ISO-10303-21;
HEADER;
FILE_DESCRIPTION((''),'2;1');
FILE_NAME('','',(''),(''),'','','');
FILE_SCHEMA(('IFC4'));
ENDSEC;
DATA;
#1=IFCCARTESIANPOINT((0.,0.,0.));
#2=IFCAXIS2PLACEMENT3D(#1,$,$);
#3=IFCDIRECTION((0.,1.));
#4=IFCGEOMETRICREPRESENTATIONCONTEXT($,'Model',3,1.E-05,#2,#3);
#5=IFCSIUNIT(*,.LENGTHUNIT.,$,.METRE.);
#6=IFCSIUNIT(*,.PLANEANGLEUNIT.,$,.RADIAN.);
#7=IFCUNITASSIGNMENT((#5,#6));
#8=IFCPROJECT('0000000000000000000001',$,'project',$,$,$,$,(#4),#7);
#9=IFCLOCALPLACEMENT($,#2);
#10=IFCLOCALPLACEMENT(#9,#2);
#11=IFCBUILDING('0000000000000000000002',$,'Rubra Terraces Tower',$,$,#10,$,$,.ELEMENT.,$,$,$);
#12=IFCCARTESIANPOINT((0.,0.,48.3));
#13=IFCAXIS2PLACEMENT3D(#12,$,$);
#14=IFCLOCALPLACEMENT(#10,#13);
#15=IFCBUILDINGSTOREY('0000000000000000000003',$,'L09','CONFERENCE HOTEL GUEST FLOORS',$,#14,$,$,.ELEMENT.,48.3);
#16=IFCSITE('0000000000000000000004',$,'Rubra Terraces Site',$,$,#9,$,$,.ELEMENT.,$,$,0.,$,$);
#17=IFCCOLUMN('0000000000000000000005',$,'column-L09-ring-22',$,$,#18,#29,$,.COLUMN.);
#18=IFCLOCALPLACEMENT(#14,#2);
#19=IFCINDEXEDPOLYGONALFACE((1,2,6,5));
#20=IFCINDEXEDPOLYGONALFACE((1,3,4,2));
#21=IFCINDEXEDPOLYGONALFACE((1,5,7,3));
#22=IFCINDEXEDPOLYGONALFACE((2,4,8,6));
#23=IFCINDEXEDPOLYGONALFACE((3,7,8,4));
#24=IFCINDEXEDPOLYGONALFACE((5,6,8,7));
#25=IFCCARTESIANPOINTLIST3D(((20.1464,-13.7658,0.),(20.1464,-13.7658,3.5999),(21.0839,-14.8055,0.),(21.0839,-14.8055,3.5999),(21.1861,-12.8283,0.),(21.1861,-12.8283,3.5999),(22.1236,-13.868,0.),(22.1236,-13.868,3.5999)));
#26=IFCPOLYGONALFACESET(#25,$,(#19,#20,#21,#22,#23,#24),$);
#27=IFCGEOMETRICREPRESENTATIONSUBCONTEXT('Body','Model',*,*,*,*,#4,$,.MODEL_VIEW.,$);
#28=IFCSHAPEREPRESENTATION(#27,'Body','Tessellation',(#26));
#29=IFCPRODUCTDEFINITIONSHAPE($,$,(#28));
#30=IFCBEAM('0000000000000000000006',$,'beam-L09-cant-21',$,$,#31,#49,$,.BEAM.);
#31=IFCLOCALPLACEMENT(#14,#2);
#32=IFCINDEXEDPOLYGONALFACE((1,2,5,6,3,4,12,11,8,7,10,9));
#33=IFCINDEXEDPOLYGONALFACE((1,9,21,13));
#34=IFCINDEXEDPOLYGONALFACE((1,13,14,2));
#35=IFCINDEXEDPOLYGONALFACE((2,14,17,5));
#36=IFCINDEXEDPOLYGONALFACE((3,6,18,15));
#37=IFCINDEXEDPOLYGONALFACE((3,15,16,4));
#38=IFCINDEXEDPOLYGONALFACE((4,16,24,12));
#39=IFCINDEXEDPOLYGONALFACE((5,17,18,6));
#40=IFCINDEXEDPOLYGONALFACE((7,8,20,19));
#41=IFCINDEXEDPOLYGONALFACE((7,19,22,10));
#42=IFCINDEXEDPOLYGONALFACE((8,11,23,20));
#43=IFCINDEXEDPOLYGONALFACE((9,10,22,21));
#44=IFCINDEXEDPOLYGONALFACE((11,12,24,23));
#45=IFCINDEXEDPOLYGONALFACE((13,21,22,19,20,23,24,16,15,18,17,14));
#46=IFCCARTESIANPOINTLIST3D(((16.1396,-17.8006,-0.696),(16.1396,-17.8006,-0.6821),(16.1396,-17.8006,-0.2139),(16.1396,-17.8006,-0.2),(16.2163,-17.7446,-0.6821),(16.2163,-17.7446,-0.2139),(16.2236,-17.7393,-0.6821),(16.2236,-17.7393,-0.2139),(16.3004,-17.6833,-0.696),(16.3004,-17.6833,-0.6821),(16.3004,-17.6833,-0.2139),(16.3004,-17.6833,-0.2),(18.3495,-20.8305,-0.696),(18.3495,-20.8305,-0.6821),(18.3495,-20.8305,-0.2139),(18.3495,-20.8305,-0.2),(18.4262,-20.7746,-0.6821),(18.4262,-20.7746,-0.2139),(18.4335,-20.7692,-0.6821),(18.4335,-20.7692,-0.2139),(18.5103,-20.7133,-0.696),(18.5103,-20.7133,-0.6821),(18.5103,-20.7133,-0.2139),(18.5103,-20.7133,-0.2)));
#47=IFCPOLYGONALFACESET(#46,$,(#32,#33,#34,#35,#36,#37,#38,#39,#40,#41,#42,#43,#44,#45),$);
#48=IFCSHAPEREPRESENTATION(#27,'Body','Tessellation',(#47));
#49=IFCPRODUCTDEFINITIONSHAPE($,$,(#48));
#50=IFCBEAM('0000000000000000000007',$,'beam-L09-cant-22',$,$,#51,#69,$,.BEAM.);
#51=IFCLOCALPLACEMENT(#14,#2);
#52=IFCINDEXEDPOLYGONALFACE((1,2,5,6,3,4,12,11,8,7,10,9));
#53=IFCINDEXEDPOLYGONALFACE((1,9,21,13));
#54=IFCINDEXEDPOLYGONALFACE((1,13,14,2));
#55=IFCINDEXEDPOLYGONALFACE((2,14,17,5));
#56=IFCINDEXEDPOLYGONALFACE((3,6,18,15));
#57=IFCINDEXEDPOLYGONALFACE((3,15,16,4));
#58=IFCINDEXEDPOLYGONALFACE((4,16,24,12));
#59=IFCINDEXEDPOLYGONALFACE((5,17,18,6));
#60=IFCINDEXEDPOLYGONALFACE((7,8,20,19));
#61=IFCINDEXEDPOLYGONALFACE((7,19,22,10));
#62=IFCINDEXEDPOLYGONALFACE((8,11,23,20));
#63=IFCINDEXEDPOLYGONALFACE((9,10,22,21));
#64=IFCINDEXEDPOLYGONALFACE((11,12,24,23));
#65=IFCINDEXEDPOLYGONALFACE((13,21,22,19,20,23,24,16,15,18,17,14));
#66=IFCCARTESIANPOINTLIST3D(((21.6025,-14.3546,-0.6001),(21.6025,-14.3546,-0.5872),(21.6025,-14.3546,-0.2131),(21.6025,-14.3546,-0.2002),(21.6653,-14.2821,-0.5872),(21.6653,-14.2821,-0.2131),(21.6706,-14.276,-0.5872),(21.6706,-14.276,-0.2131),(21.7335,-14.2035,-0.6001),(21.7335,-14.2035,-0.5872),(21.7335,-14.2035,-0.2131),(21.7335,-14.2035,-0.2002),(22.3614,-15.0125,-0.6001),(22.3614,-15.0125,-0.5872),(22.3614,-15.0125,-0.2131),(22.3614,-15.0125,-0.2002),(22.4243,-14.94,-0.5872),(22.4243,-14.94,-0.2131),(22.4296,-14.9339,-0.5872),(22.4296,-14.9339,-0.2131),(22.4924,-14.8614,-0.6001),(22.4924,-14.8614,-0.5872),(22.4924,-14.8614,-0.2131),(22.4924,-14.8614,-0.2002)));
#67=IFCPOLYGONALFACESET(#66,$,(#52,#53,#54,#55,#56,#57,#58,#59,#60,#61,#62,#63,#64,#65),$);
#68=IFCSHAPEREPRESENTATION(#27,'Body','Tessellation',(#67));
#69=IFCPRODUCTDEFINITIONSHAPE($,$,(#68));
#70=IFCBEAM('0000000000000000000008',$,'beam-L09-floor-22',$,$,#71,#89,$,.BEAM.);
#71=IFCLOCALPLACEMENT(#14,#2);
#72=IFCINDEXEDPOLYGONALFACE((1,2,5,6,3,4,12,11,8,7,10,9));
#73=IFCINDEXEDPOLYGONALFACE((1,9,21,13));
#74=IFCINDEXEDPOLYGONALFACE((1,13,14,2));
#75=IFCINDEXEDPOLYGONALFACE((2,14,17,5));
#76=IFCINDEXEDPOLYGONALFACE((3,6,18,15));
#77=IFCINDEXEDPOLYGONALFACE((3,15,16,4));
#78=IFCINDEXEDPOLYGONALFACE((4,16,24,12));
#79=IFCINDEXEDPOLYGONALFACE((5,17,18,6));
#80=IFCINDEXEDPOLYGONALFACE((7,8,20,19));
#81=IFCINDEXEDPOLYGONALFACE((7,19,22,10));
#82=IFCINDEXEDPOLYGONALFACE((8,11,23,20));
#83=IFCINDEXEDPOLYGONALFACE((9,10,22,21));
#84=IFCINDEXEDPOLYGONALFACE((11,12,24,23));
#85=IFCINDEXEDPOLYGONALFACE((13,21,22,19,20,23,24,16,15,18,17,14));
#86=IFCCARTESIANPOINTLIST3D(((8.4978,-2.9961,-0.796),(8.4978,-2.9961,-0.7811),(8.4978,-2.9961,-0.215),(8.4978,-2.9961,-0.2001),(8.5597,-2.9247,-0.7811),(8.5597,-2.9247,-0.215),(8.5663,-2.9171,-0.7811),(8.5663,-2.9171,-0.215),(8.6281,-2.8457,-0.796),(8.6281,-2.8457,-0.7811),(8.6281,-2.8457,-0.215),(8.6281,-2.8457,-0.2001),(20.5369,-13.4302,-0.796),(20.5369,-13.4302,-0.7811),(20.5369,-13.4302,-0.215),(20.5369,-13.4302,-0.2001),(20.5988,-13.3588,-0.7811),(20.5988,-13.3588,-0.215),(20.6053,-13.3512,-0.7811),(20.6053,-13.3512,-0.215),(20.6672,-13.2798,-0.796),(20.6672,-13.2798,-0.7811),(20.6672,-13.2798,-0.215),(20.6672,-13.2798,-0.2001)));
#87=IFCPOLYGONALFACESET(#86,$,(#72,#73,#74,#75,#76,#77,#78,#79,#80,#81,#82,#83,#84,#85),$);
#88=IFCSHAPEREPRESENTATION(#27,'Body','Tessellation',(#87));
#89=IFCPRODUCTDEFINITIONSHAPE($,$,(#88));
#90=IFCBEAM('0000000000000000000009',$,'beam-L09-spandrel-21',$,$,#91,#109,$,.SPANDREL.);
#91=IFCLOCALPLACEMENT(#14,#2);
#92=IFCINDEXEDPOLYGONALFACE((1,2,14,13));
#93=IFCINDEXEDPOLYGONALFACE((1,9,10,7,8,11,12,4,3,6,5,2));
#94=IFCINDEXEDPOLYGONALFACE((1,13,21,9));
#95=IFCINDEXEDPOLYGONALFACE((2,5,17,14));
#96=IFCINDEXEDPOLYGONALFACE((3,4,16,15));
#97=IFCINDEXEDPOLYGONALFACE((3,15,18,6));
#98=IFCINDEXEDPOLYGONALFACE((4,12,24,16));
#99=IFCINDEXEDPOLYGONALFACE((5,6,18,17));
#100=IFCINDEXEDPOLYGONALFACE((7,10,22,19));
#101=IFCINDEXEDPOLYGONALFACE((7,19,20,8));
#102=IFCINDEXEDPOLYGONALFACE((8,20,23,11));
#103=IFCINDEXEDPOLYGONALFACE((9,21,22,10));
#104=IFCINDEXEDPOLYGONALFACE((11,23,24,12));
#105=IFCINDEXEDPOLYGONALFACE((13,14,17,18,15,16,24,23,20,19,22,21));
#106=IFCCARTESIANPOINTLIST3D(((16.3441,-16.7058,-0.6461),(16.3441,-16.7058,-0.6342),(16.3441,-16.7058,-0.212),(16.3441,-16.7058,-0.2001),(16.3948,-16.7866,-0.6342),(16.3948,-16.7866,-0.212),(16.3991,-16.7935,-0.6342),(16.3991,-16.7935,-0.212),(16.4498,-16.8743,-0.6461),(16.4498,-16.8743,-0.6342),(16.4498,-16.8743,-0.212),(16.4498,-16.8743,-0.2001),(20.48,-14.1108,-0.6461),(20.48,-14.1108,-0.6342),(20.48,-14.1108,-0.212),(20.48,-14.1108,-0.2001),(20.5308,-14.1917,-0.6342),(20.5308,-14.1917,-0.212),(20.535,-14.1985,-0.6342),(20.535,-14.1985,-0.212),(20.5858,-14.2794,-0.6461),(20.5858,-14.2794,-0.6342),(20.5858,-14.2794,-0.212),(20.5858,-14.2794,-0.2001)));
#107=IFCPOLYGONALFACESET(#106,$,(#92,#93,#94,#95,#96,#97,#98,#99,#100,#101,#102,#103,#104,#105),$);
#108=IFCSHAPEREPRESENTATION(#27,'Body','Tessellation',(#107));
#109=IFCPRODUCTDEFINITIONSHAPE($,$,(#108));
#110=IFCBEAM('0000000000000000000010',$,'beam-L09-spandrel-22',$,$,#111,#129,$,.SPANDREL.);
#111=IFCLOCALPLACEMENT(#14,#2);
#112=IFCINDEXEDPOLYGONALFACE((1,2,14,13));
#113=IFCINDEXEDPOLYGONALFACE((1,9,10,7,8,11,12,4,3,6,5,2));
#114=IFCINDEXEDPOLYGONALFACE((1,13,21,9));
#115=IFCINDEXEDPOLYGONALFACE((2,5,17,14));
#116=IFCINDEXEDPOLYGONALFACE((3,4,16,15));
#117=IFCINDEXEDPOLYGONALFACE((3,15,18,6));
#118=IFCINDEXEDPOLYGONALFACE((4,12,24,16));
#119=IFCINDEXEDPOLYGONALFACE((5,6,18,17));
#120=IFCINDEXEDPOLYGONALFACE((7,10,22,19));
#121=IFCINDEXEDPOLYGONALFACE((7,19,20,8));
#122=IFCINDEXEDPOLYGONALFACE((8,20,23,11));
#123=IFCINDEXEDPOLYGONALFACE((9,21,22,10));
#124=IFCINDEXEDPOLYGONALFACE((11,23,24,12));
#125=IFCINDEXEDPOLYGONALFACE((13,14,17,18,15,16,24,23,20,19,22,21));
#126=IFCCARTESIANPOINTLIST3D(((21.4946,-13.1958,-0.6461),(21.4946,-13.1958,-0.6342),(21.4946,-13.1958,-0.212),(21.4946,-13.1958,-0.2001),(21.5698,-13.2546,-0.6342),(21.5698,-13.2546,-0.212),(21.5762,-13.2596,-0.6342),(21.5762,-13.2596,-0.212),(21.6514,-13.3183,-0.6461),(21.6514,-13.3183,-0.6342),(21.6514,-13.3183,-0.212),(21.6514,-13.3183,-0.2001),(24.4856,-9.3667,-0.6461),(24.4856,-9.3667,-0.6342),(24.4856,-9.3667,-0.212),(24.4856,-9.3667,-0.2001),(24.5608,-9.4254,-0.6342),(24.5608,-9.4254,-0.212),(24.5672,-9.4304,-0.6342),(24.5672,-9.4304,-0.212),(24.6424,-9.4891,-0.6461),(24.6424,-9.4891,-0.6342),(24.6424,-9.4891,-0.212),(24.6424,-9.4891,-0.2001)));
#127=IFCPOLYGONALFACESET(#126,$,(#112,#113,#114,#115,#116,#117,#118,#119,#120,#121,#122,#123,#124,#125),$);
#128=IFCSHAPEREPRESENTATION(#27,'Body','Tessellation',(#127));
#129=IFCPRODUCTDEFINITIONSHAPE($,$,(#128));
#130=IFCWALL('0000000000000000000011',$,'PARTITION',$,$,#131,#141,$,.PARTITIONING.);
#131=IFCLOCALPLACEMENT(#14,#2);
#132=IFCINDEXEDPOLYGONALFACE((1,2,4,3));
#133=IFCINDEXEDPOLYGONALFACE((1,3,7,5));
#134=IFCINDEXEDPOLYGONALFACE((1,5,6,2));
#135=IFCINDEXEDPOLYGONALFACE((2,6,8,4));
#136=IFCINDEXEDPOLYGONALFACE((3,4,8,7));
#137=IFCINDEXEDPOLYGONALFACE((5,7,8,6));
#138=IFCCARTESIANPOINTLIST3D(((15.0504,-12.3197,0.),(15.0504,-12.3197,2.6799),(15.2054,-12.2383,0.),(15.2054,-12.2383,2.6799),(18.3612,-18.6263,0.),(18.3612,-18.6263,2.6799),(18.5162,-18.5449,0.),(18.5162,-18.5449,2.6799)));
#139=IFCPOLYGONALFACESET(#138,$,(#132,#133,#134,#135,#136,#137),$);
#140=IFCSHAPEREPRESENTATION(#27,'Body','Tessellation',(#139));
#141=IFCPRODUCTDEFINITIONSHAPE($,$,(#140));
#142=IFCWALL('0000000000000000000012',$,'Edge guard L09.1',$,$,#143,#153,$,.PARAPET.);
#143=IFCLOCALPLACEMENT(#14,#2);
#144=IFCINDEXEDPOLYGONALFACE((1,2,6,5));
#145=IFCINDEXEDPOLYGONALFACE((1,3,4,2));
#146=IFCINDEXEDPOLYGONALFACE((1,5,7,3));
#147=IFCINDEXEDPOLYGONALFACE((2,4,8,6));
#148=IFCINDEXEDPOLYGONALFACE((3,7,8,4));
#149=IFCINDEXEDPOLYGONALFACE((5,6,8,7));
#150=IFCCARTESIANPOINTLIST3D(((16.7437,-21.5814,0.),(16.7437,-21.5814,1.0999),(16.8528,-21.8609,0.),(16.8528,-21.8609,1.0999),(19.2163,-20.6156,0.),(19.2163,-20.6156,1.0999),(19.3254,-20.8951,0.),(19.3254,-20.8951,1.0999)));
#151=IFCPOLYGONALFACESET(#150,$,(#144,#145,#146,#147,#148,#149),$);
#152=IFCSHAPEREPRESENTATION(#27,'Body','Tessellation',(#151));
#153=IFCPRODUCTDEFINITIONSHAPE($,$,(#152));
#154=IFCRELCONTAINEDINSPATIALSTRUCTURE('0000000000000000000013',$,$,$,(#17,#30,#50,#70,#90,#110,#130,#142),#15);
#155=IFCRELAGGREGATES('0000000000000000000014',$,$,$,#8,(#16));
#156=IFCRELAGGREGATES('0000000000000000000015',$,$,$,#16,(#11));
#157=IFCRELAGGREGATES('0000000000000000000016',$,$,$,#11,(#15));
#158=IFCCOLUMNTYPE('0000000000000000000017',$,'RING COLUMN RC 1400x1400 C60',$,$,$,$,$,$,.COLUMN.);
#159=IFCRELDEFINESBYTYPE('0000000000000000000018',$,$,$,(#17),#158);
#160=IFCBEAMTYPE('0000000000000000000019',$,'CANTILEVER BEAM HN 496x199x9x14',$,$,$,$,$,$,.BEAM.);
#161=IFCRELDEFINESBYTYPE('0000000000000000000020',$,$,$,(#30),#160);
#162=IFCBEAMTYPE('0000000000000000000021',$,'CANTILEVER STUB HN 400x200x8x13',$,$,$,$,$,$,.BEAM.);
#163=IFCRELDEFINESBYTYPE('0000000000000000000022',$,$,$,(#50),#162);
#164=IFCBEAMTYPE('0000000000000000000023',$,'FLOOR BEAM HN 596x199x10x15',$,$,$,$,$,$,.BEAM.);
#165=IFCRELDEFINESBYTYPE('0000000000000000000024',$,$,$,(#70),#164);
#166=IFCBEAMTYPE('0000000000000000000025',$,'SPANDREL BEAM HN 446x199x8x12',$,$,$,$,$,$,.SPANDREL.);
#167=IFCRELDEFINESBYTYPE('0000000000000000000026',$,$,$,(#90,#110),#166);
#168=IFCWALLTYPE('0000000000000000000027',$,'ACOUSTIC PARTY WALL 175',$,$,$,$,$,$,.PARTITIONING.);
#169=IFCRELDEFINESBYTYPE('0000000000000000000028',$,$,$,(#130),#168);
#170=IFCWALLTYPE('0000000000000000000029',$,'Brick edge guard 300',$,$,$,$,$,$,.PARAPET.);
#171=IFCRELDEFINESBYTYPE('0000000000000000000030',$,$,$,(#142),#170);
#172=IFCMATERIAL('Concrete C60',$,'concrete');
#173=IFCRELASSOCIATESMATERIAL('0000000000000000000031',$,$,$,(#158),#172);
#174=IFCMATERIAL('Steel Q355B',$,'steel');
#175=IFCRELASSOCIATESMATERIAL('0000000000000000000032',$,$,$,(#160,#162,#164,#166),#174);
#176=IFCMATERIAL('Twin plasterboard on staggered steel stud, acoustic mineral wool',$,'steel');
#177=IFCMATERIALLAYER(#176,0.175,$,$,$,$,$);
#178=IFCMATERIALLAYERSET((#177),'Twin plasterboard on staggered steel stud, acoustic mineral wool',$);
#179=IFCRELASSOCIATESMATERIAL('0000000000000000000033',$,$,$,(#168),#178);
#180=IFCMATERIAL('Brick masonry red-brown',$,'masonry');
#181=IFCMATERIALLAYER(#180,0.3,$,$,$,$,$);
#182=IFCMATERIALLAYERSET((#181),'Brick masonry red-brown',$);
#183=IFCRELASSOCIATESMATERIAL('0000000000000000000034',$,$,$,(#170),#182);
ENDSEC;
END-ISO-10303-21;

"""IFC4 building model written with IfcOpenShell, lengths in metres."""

from ifc_helpers import new_model, si_unit, direction, frame, frame_2d, origin, origin_2d, place, context, subcontext, project, spatial, rectangle, i_section, extrude, material, layer, layer_set, material_profile, profile_set, type_object, element, save


model = new_model("IFC4")

# Units and contexts
model_context = context("Model", 3, precision=1e-05, world=origin(), true_north=direction((0.0, 1.0)))
body_context = subcontext(model_context, "Body", "Model", "MODEL_VIEW")
ifc_project = project(units=[si_unit("LENGTHUNIT", "METRE"), si_unit("PLANEANGLEUNIT", "RADIAN")], contexts=[model_context])

# Site, building, storey
site_placement = place(None, origin())
site = spatial("IfcSite", under=ifc_project, at=site_placement, Name="Rubra Terraces Site", CompositionType="ELEMENT", RefElevation=0.0)
building_placement = place(site_placement, origin())
building = spatial("IfcBuilding", under=site, at=building_placement, Name="Rubra Terraces Tower", CompositionType="ELEMENT")
storey_placement = place(building_placement, frame((0.0, 0.0, 48.3)))
storey = spatial("IfcBuildingStorey", under=building, at=storey_placement, Name="L09", Description="CONFERENCE HOTEL GUEST FLOORS", CompositionType="ELEMENT", Elevation=48.3)

# Column
ifc_material_1 = material(Name="Concrete C60", Category="concrete")
ifc_material_profile_1 = material_profile(ifc_material_1, rectangle(XDim=1.3999, YDim=1.3999, at=origin_2d()), Name="RC 1400x1400")
ifc_profile_set_1 = profile_set([ifc_material_profile_1], Name="Concrete C60")
column_type = type_object("IfcColumnType", Name="RING COLUMN RC 1400x1400 C60", PredefinedType="COLUMN", material=ifc_profile_set_1)
column_placement = place(storey_placement, frame((21.135, -13.8169, 0.0), z_axis=(0.0, 0.0, 1.0), x_axis=(0.742676, 0.669651, 0.0)))
element("IfcColumn", 1, at=column_placement, inside=storey, type_object=column_type, Name="column-L09-ring-22", PredefinedType="COLUMN", context=body_context, shape_type="SweptSolid", body=[
    extrude(rectangle(XDim=1.3999, YDim=1.3999, at=origin_2d()), origin(), (0.0, 0.0, 1.0), 3.5999),
])

# Beams
ifc_material_2 = material(Name="Steel Q355B", Category="steel")
ifc_material_profile_2 = material_profile(ifc_material_2, i_section(OverallWidth=0.199, OverallDepth=0.4961, WebThickness=0.009, FlangeThickness=0.0139, at=origin_2d()), Name="HN 496x199x9x14")
ifc_profile_set_2 = profile_set([ifc_material_profile_2], Name="Steel Q355B")
beam_type_1 = type_object("IfcBeamType", Name="CANTILEVER BEAM HN 496x199x9x14", PredefinedType="BEAM", material=ifc_profile_set_2)
beam_1_placement = place(storey_placement, frame((16.22, -17.7419, -0.448), z_axis=(0.58927, -0.807936, 0.0), x_axis=(0.807936, 0.58927, 0.0)))
element("IfcBeam", 2, at=beam_1_placement, inside=storey, type_object=beam_type_1, Name="beam-L09-cant-21", PredefinedType="BEAM", context=body_context, shape_type="SweptSolid", body=[
    extrude(i_section(OverallWidth=0.199, OverallDepth=0.4961, WebThickness=0.009, FlangeThickness=0.0139, at=origin_2d()), origin(), (0.0, 0.0, 1.0), 3.7502),
])
ifc_material_profile_3 = material_profile(ifc_material_2, i_section(OverallWidth=0.2, OverallDepth=0.3999, WebThickness=0.0081, FlangeThickness=0.0129, at=origin_2d()), Name="HN 400x200x8x13")
ifc_profile_set_3 = profile_set([ifc_material_profile_3], Name="Steel Q355B")
beam_type_2 = type_object("IfcBeamType", Name="CANTILEVER STUB HN 400x200x8x13", PredefinedType="BEAM", material=ifc_profile_set_3)
beam_2_placement = place(storey_placement, frame((21.668, -14.2791, -0.4001), z_axis=(0.755625, -0.655005, 0.0), x_axis=(0.655005, 0.755625, 0.0)))
element("IfcBeam", 3, at=beam_2_placement, inside=storey, type_object=beam_type_2, Name="beam-L09-cant-22", PredefinedType="BEAM", context=body_context, shape_type="SweptSolid", body=[
    extrude(i_section(OverallWidth=0.2, OverallDepth=0.3999, WebThickness=0.0081, FlangeThickness=0.0129, at=origin_2d()), origin(), (0.0, 0.0, 1.0), 1.0044),
])
ifc_material_profile_4 = material_profile(ifc_material_2, i_section(OverallWidth=0.199, OverallDepth=0.5959, WebThickness=0.01, FlangeThickness=0.0149, at=origin_2d()), Name="HN 596x199x10x15")
ifc_profile_set_4 = profile_set([ifc_material_profile_4], Name="Steel Q355B")
beam_type_3 = type_object("IfcBeamType", Name="FLOOR BEAM HN 596x199x10x15", PredefinedType="BEAM", material=ifc_profile_set_4)
beam_3_placement = place(storey_placement, frame((20.6021, -13.355, -0.498), z_axis=(-0.755682, 0.654939, 0.0), x_axis=(-0.654939, -0.755682, 0.0)))
element("IfcBeam", 4, at=beam_3_placement, inside=storey, type_object=beam_type_3, Name="beam-L09-floor-22", PredefinedType="BEAM", context=body_context, shape_type="SweptSolid", body=[
    extrude(i_section(OverallWidth=0.199, OverallDepth=0.5959, WebThickness=0.01, FlangeThickness=0.0149, at=origin_2d()), origin(), (0.0, 0.0, 1.0), 15.9314),
])
ifc_material_profile_5 = material_profile(ifc_material_2, i_section(OverallWidth=0.199, OverallDepth=0.446, WebThickness=0.0081, FlangeThickness=0.012, at=origin_2d()), Name="HN 446x199x8x12")
ifc_profile_set_5 = profile_set([ifc_material_profile_5], Name="Steel Q355B")
beam_type_4 = type_object("IfcBeamType", Name="SPANDREL BEAM HN 446x199x8x12", PredefinedType="SPANDREL", material=ifc_profile_set_5)
beam_4_placement = place(storey_placement, frame((16.397, -16.79, -0.4231), z_axis=(0.847078, 0.531468, 0.0), x_axis=(-0.531468, 0.847078, 0.0)))
element("IfcBeam", 5, at=beam_4_placement, inside=storey, type_object=beam_type_4, Name="beam-L09-spandrel-21", PredefinedType="SPANDREL", context=body_context, shape_type="SweptSolid", body=[
    extrude(i_section(OverallWidth=0.199, OverallDepth=0.446, WebThickness=0.0081, FlangeThickness=0.012, at=origin_2d()), origin(), (0.0, 0.0, 1.0), 4.8826),
])
beam_5_placement = place(storey_placement, frame((21.573, -13.2571, -0.4231), z_axis=(0.615578, 0.788076, 0.0), x_axis=(-0.788076, 0.615578, 0.0)))
element("IfcBeam", 6, at=beam_5_placement, inside=storey, type_object=beam_type_4, Name="beam-L09-spandrel-22", PredefinedType="SPANDREL", context=body_context, shape_type="SweptSolid", body=[
    extrude(i_section(OverallWidth=0.199, OverallDepth=0.446, WebThickness=0.0081, FlangeThickness=0.012, at=origin_2d()), origin(), (0.0, 0.0, 1.0), 4.8589),
])

# Walls
ifc_material_3 = material(Name="Twin plasterboard on staggered steel stud, acoustic mineral wool", Category="steel")
ifc_layer_1 = layer(ifc_material_3, 0.175)
ifc_layer_set_1 = layer_set([ifc_layer_1], Name="Twin plasterboard on staggered steel stud, acoustic mineral wool")
wall_type_1 = type_object("IfcWallType", Name="ACOUSTIC PARTY WALL 175", PredefinedType="PARTITIONING", material=ifc_layer_set_1)
wall_1_placement = place(storey_placement, frame((18.4387, -18.5857, 0.0), z_axis=(0.0, 0.0, 1.0), x_axis=(-0.464812, 0.885409, 0.0)))
element("IfcWall", 7, at=wall_1_placement, inside=storey, type_object=wall_type_1, Name="PARTITION", PredefinedType="PARTITIONING", context=body_context, shape_type="SweptSolid", body=[
    extrude(rectangle(XDim=7.1228, YDim=0.175, at=frame_2d((3.5615, 0.0))), origin(), (0.0, 0.0, 1.0), 2.6799),
])
ifc_material_4 = material(Name="Brick masonry red-brown", Category="masonry")
ifc_layer_2 = layer(ifc_material_4, 0.3)
ifc_layer_set_2 = layer_set([ifc_layer_2], Name="Brick masonry red-brown")
wall_type_2 = type_object("IfcWallType", Name="Brick edge guard 300", PredefinedType="PARAPET", material=ifc_layer_set_2)
wall_2_placement = place(storey_placement, frame((19.2708, -20.7554, 0.0), z_axis=(0.0, 0.0, 1.0), x_axis=(-0.931465, -0.363831, 0.0)))
element("IfcWall", 8, at=wall_2_placement, inside=storey, type_object=wall_type_2, Name="Edge guard L09.1", PredefinedType="PARAPET", context=body_context, shape_type="SweptSolid", body=[
    extrude(rectangle(XDim=2.6545, YDim=0.3, at=frame_2d((1.3271, 0.0))), origin(), (0.0, 0.0, 1.0), 1.0999),
])

save(model, "model.ifc")
